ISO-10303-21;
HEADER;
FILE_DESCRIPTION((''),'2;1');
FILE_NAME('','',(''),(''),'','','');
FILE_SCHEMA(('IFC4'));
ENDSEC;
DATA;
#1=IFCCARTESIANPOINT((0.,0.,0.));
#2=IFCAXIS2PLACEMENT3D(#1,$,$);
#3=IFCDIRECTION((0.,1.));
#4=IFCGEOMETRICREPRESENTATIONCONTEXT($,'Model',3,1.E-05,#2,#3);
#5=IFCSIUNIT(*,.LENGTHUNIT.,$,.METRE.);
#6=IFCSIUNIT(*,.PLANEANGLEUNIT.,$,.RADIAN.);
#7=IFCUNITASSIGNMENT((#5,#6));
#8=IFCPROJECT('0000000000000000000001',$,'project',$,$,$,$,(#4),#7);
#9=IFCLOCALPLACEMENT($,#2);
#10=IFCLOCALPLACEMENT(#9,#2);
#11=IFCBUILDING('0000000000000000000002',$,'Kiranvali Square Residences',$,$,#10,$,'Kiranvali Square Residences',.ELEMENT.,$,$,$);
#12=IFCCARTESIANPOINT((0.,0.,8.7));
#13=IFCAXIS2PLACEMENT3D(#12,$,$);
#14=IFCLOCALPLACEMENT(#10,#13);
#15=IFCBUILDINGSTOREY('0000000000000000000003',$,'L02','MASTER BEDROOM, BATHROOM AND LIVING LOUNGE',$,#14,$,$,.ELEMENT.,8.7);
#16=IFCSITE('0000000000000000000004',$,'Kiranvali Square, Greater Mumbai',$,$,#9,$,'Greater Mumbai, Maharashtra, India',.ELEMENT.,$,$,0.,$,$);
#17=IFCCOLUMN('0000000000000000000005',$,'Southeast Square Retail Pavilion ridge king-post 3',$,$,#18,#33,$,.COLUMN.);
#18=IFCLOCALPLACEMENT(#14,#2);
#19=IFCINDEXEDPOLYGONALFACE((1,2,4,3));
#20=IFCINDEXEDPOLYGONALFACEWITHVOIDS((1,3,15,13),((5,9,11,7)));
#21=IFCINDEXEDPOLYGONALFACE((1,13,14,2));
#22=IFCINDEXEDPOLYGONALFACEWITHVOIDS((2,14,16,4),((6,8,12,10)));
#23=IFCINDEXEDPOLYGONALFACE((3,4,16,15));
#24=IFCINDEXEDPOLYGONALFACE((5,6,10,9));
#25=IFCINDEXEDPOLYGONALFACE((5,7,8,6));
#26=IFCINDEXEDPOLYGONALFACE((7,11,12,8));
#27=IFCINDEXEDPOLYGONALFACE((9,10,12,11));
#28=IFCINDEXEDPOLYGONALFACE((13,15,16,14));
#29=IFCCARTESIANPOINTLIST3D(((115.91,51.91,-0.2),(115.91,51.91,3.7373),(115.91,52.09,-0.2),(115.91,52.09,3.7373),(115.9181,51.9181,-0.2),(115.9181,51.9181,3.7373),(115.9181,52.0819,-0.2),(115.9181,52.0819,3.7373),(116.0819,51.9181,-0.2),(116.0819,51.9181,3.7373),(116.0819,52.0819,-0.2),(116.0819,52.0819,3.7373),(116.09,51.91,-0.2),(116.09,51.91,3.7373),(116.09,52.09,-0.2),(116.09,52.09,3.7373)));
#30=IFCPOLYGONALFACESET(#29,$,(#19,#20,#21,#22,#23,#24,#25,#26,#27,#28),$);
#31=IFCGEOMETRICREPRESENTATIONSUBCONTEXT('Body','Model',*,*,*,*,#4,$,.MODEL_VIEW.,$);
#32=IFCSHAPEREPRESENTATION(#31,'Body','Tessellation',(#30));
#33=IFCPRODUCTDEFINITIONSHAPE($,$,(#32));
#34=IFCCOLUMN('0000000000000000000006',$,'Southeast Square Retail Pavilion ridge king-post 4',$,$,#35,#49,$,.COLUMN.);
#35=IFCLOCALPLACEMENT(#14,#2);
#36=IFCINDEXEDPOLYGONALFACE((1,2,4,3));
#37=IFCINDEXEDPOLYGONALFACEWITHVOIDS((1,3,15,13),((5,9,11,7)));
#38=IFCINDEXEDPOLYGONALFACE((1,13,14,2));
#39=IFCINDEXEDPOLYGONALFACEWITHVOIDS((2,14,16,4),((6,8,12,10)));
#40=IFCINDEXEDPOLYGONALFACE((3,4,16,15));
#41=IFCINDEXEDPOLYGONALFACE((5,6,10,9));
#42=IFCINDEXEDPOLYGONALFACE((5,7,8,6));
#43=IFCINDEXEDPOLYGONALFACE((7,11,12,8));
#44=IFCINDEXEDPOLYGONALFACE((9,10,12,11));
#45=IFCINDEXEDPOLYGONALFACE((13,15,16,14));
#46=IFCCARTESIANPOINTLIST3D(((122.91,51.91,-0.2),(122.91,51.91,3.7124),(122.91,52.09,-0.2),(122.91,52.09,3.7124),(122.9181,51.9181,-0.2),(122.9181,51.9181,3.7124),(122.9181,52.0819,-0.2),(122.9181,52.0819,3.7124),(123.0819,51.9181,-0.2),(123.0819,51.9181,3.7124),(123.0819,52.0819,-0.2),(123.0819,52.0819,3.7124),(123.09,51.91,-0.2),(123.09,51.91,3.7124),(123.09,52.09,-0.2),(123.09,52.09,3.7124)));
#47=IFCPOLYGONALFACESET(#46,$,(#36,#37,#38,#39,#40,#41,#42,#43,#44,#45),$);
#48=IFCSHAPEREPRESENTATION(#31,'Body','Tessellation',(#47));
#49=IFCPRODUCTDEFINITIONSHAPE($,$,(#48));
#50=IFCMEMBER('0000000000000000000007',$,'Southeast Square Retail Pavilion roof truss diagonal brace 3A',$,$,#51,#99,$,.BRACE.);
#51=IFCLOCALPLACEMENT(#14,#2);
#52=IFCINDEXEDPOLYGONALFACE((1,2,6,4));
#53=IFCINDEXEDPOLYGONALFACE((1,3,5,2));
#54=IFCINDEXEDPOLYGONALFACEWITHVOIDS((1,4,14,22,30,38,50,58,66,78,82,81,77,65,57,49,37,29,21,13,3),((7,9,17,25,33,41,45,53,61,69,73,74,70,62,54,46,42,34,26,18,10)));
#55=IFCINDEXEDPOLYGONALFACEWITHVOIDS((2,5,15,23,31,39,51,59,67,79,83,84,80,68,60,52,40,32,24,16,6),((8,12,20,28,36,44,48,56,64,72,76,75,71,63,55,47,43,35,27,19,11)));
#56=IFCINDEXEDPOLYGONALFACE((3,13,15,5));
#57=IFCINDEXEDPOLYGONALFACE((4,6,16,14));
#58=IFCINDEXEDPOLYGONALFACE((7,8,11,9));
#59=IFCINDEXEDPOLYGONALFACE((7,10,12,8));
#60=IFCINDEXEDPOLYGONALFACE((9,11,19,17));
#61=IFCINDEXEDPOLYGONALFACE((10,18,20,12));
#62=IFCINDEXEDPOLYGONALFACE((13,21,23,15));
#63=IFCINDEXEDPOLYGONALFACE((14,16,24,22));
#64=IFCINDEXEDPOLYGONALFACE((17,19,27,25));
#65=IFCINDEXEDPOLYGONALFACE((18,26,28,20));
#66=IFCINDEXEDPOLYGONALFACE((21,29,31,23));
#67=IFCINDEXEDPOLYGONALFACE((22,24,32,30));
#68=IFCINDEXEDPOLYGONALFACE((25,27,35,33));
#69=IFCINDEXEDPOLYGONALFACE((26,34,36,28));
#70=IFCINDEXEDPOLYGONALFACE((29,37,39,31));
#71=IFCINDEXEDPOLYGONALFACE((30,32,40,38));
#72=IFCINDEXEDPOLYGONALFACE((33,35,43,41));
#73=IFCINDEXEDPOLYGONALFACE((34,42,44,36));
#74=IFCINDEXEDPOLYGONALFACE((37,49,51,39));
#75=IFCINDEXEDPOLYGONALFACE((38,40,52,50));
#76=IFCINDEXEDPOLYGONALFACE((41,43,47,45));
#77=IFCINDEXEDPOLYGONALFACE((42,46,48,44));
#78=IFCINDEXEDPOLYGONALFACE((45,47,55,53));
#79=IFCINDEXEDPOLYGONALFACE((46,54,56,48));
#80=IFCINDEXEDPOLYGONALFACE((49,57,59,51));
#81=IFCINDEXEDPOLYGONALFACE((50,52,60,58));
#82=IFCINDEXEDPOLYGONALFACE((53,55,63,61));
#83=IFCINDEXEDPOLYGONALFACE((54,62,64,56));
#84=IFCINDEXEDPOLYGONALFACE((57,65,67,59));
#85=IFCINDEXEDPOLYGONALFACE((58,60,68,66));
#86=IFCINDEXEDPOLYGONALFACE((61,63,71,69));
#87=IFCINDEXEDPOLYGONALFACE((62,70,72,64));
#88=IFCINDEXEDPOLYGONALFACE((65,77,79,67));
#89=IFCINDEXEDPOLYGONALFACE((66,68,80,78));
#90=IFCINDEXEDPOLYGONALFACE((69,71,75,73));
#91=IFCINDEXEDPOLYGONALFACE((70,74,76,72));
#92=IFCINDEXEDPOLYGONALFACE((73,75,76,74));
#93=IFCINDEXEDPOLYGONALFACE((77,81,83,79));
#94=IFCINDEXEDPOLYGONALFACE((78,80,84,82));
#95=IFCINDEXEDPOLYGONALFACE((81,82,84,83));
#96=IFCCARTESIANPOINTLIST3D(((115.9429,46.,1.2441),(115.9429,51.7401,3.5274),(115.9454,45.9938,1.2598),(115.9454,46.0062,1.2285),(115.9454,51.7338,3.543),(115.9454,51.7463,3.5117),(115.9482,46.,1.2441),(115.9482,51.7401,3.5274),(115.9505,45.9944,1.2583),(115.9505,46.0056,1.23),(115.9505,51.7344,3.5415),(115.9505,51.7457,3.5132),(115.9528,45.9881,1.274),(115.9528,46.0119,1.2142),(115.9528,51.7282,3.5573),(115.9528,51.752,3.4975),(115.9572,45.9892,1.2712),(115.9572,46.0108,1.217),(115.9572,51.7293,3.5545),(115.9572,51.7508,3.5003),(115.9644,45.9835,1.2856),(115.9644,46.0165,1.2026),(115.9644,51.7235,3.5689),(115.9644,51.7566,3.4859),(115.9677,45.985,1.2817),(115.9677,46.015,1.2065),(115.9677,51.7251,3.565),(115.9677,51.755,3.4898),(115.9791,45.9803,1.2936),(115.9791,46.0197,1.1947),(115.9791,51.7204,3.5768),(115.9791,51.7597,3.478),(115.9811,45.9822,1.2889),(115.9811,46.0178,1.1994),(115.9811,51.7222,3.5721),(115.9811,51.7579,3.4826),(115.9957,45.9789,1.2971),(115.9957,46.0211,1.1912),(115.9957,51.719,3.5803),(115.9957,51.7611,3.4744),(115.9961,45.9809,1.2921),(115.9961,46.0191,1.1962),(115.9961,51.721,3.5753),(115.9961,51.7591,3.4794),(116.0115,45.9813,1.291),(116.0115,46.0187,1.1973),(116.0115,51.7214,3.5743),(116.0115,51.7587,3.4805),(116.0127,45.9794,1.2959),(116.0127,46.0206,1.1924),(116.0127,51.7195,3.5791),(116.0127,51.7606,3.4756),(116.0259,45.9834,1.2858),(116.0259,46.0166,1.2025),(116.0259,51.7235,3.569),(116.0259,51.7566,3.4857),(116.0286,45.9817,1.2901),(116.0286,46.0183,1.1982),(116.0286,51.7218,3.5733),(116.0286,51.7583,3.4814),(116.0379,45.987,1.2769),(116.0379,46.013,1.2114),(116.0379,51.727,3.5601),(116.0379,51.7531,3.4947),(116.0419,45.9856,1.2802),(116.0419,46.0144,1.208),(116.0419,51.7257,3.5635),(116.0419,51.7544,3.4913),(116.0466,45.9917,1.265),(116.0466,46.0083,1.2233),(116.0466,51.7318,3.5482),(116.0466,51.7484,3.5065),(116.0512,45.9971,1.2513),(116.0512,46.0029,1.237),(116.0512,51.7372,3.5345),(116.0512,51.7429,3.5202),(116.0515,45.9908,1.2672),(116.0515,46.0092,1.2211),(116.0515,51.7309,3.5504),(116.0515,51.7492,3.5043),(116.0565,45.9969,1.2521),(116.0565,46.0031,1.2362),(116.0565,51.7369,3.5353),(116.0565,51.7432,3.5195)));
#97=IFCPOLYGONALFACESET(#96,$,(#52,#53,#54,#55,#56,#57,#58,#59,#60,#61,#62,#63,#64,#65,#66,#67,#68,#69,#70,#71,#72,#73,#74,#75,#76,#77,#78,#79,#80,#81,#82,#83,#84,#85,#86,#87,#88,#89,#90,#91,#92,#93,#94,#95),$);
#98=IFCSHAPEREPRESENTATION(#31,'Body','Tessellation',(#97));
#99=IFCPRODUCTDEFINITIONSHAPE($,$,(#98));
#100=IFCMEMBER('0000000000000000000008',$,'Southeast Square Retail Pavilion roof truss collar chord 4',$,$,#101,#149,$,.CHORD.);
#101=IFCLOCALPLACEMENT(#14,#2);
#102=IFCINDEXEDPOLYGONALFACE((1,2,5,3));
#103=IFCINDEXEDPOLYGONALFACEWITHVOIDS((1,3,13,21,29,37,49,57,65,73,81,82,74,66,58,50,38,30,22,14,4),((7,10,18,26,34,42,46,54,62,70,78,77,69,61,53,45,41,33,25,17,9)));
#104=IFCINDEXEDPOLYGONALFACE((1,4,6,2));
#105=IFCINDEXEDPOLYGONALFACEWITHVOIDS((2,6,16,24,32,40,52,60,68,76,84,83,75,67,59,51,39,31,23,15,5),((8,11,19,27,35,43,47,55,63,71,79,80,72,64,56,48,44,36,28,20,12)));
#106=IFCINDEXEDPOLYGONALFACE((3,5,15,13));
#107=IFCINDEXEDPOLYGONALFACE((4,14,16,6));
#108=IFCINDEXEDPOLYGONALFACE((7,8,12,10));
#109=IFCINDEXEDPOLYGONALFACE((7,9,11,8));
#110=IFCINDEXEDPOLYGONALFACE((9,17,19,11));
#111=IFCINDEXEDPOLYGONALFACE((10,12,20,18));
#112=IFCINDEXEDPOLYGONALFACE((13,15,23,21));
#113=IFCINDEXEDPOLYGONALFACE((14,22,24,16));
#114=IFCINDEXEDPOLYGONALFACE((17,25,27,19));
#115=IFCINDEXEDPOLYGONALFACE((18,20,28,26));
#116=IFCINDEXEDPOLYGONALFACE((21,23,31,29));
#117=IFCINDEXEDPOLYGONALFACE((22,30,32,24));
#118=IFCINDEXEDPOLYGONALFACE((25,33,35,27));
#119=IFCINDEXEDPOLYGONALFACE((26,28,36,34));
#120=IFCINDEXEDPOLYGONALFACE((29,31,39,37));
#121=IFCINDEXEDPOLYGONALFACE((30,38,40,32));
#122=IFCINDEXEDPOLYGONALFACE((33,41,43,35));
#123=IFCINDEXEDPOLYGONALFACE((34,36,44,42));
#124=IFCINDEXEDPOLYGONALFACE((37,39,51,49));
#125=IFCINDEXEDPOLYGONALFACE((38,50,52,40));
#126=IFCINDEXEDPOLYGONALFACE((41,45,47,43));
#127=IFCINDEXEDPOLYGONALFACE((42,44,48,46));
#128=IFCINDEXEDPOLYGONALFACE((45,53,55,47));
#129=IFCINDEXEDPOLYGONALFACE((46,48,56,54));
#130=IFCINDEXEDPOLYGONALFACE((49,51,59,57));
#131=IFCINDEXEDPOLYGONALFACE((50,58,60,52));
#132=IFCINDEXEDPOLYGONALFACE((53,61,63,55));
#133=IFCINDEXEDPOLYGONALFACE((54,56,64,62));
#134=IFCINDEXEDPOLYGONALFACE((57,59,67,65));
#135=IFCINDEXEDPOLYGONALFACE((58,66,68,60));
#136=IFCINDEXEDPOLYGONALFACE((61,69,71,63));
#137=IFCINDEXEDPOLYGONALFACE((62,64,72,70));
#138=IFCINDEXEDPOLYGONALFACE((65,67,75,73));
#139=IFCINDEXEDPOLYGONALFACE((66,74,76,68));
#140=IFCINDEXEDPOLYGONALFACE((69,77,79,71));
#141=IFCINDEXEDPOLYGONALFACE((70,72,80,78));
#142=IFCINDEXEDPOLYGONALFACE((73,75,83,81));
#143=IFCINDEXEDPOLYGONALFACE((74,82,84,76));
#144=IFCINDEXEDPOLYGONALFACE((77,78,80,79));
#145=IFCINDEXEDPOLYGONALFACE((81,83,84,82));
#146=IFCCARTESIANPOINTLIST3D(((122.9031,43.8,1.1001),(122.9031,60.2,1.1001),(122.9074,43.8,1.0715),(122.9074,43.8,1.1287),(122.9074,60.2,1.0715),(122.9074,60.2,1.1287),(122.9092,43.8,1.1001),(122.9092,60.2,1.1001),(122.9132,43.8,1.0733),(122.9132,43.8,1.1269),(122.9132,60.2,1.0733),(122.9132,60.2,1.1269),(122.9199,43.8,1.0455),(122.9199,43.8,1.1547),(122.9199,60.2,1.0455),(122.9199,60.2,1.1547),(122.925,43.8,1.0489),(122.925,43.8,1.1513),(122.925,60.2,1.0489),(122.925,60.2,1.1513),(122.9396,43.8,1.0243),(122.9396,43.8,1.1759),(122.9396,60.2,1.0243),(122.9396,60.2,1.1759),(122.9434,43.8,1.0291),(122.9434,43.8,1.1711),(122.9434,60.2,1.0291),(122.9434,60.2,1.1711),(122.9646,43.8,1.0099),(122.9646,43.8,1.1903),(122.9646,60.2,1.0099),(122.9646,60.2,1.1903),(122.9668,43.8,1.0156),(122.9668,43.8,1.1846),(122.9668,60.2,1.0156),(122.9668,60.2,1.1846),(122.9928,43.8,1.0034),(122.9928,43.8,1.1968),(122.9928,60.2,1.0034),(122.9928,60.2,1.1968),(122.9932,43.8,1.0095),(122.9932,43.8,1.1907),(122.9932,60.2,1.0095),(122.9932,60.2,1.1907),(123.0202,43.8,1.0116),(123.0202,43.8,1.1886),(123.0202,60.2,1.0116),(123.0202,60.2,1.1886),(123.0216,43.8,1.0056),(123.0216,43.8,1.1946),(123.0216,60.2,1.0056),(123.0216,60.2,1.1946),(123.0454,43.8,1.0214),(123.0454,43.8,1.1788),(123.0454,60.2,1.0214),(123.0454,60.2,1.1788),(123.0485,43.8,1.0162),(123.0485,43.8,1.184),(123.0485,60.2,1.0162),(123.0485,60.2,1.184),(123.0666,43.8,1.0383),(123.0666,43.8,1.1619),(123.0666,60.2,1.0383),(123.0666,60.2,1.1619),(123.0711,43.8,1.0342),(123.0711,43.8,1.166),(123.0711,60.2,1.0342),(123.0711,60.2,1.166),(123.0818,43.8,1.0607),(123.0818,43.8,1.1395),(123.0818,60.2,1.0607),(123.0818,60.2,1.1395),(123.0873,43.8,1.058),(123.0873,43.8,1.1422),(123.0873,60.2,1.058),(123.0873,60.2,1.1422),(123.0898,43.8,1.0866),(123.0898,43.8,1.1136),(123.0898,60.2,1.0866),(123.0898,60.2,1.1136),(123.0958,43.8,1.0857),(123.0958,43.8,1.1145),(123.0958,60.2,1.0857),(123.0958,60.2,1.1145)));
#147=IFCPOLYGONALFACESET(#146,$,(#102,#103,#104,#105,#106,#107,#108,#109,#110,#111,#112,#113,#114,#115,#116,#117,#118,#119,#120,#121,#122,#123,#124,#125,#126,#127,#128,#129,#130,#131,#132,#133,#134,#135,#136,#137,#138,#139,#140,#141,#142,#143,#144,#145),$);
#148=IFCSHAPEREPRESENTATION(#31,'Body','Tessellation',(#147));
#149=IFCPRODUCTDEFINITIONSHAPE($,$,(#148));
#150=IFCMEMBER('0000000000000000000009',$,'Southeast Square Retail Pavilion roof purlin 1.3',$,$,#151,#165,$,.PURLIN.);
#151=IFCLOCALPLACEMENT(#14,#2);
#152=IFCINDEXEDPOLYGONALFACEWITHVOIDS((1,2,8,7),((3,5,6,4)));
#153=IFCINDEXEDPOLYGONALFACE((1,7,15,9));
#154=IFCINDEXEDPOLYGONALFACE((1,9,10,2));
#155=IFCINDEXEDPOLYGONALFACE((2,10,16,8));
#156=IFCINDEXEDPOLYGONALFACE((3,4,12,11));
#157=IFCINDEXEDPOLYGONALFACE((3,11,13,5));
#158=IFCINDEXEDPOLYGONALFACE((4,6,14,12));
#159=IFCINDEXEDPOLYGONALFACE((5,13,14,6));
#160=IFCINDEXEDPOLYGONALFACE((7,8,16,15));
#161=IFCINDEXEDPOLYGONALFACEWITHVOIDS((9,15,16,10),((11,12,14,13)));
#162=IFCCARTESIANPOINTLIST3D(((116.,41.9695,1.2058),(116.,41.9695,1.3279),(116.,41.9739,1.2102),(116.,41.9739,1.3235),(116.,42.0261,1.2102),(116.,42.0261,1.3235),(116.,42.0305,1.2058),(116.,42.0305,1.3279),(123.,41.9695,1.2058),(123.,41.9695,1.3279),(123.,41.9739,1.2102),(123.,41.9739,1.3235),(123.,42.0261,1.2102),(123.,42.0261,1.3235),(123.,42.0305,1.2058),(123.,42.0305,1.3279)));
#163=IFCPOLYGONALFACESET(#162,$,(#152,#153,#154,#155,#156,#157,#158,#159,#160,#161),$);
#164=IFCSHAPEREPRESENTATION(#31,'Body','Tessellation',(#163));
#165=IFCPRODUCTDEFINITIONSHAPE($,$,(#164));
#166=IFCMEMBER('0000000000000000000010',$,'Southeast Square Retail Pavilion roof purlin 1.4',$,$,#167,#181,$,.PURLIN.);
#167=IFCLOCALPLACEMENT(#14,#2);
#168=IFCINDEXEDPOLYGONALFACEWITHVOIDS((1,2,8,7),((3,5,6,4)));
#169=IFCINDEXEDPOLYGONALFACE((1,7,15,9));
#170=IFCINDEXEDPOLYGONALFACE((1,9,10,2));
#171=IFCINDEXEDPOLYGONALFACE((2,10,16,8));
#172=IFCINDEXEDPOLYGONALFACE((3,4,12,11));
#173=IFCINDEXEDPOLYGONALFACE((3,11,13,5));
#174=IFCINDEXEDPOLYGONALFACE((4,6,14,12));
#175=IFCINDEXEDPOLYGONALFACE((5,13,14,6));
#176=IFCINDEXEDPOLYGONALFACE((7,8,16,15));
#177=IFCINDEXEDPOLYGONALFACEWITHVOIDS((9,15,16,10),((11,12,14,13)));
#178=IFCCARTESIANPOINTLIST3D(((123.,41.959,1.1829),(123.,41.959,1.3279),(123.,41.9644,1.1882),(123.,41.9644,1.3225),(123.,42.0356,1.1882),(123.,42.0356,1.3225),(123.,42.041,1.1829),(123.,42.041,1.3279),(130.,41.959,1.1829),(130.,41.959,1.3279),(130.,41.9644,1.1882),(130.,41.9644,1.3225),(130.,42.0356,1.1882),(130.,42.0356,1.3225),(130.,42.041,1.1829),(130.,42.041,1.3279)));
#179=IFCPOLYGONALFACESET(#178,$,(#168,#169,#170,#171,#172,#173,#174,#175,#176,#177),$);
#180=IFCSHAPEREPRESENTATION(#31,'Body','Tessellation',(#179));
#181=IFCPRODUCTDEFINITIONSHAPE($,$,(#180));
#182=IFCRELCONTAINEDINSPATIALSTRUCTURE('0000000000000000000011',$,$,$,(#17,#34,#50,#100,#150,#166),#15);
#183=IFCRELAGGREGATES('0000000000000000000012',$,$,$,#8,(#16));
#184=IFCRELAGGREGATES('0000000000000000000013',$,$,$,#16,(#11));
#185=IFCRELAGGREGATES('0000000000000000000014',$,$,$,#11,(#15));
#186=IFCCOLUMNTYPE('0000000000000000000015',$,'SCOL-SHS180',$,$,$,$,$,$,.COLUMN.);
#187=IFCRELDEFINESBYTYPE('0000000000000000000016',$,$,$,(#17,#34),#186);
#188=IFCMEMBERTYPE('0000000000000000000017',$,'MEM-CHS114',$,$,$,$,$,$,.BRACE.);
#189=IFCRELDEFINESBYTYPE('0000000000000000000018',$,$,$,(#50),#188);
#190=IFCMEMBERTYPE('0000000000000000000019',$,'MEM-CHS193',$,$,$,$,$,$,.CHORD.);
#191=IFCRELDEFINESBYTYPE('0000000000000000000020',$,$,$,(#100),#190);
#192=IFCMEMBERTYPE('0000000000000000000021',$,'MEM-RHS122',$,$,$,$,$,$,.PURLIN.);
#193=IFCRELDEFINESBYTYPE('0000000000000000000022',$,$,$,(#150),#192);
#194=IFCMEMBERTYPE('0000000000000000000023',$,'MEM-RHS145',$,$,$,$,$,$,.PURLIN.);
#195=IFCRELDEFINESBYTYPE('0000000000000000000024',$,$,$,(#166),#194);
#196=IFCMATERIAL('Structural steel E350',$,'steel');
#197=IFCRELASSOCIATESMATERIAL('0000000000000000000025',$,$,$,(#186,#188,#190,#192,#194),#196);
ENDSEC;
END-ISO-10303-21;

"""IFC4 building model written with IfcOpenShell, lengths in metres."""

from ifc_helpers import new_model, si_unit, direction, frame, origin, origin_2d, place, context, subcontext, project, spatial, hollow_rectangle, hollow_circle, extrude, material, material_profile, profile_set, type_object, element, save


model = new_model("IFC4")

# Units and contexts
model_context = context("Model", 3, precision=1e-05, world=origin(), true_north=direction((0.0, 1.0)))
body_context = subcontext(model_context, "Body", "Model", "MODEL_VIEW")
ifc_project = project(units=[si_unit("LENGTHUNIT", "METRE"), si_unit("PLANEANGLEUNIT", "RADIAN")], contexts=[model_context])

# Site, building, storey
site_placement = place(None, origin())
site = spatial("IfcSite", under=ifc_project, at=site_placement, Name="Kiranvali Square, Greater Mumbai", LongName="Greater Mumbai, Maharashtra, India", CompositionType="ELEMENT", RefElevation=0.0)
building_placement = place(site_placement, origin())
building = spatial("IfcBuilding", under=site, at=building_placement, Name="Kiranvali Square Residences", LongName="Kiranvali Square Residences", CompositionType="ELEMENT")
storey_placement = place(building_placement, frame((0.0, 0.0, 8.7)))
storey = spatial("IfcBuildingStorey", under=building, at=storey_placement, Name="L02", Description="MASTER BEDROOM, BATHROOM AND LIVING LOUNGE", CompositionType="ELEMENT", Elevation=8.7)

# Columns
ifc_material = material(Name="Structural steel E350", Category="steel")
ifc_material_profile_1 = material_profile(ifc_material, hollow_rectangle(XDim=0.1799, YDim=0.1799, WallThickness=0.0081, at=origin_2d()), Name="SHS 180x180x8.0")
ifc_profile_set_1 = profile_set([ifc_material_profile_1], Name="Structural steel E350")
column_type = type_object("IfcColumnType", Name="SCOL-SHS180", PredefinedType="COLUMN", material=ifc_profile_set_1)
column_1_placement = place(storey_placement, frame((116.0, 52.0, -0.2), z_axis=(0.0, 0.0, 1.0), x_axis=(1.0, 0.0, 0.0)))
element("IfcColumn", 1, at=column_1_placement, inside=storey, type_object=column_type, Name="Southeast Square Retail Pavilion ridge king-post 3", PredefinedType="COLUMN", context=body_context, shape_type="SweptSolid", body=[
    extrude(hollow_rectangle(XDim=0.1799, YDim=0.1799, WallThickness=0.0081, at=origin_2d()), origin(), (0.0, 0.0, 1.0), 3.9373),
])
column_2_placement = place(storey_placement, frame((123.0, 52.0, -0.2), z_axis=(0.0, 0.0, 1.0), x_axis=(1.0, 0.0, 0.0)))
element("IfcColumn", 2, at=column_2_placement, inside=storey, type_object=column_type, Name="Southeast Square Retail Pavilion ridge king-post 4", PredefinedType="COLUMN", context=body_context, shape_type="SweptSolid", body=[
    extrude(hollow_rectangle(XDim=0.1799, YDim=0.1799, WallThickness=0.0081, at=origin_2d()), origin(), (0.0, 0.0, 1.0), 3.9124),
])

# Members
ifc_material_profile_2 = material_profile(ifc_material, hollow_circle(Radius=0.0571, WallThickness=0.0054, at=origin_2d()), Name="CHS 114.3x5.4")
ifc_profile_set_2 = profile_set([ifc_material_profile_2], Name="Structural steel E350")
member_type_1 = type_object("IfcMemberType", Name="MEM-CHS114", PredefinedType="BRACE", material=ifc_profile_set_2)
member_1_placement = place(storey_placement, frame((116.0, 46.0, 1.2441), z_axis=(0.0, 0.929189, 0.369605), x_axis=(-1.0, 0.0, 0.0)))
element("IfcMember", 3, at=member_1_placement, inside=storey, type_object=member_type_1, Name="Southeast Square Retail Pavilion roof truss diagonal brace 3A", PredefinedType="BRACE", context=body_context, shape_type="SweptSolid", body=[
    extrude(hollow_circle(Radius=0.0571, WallThickness=0.0054, at=origin_2d()), origin(), (0.0, 0.0, 1.0), 6.1775),
])
ifc_material_profile_3 = material_profile(ifc_material, hollow_circle(Radius=0.0969, WallThickness=0.0061, at=origin_2d()), Name="CHS 193.7x6.0")
ifc_profile_set_3 = profile_set([ifc_material_profile_3], Name="Structural steel E350")
member_type_2 = type_object("IfcMemberType", Name="MEM-CHS193", PredefinedType="CHORD", material=ifc_profile_set_3)
member_2_placement = place(storey_placement, frame((123.0, 43.8, 1.1001), z_axis=(0.0, 1.0, 0.0), x_axis=(-1.0, 0.0, 0.0)))
element("IfcMember", 4, at=member_2_placement, inside=storey, type_object=member_type_2, Name="Southeast Square Retail Pavilion roof truss collar chord 4", PredefinedType="CHORD", context=body_context, shape_type="SweptSolid", body=[
    extrude(hollow_circle(Radius=0.0969, WallThickness=0.0061, at=origin_2d()), origin(), (0.0, 0.0, 1.0), 16.3999),
])
ifc_material_profile_4 = material_profile(ifc_material, hollow_rectangle(XDim=0.061, YDim=0.1221, WallThickness=0.0044, at=origin_2d()), Name="RHS 122x61x4.5")
ifc_profile_set_4 = profile_set([ifc_material_profile_4], Name="Structural steel E350")
member_type_3 = type_object("IfcMemberType", Name="MEM-RHS122", PredefinedType="PURLIN", material=ifc_profile_set_4)
member_3_placement = place(storey_placement, frame((116.0, 42.0, 1.2668), z_axis=(1.0, 0.0, 0.0), x_axis=(0.0, 1.0, 0.0)))
element("IfcMember", 5, at=member_3_placement, inside=storey, type_object=member_type_3, Name="Southeast Square Retail Pavilion roof purlin 1.3", PredefinedType="PURLIN", context=body_context, shape_type="SweptSolid", body=[
    extrude(hollow_rectangle(XDim=0.061, YDim=0.1221, WallThickness=0.0044, at=origin_2d()), origin(), (0.0, 0.0, 1.0), 7.0),
])
ifc_material_profile_5 = material_profile(ifc_material, hollow_rectangle(XDim=0.082, YDim=0.145, WallThickness=0.0054, at=origin_2d()), Name="RHS 145x82x5.4")
ifc_profile_set_5 = profile_set([ifc_material_profile_5], Name="Structural steel E350")
member_type_4 = type_object("IfcMemberType", Name="MEM-RHS145", PredefinedType="PURLIN", material=ifc_profile_set_5)
for number, where, z_axis, x_axis, name in (
    (6, (123.0, 42.0, 1.2554), (1.0, 0.0, 0.0), (0.0, 1.0, 0.0), "Southeast Square Retail Pavilion roof purlin 1.4"),
):
    element("IfcMember", number, at=place(storey_placement, frame(where, z_axis=z_axis, x_axis=x_axis)), inside=storey, type_object=member_type_4, Name=name, PredefinedType="PURLIN", context=body_context, shape_type="SweptSolid", body=[
        extrude(hollow_rectangle(XDim=0.082, YDim=0.145, WallThickness=0.0054, at=origin_2d()), origin(), (0.0, 0.0, 1.0), 7.0),
    ])

save(model, "model.ifc")
